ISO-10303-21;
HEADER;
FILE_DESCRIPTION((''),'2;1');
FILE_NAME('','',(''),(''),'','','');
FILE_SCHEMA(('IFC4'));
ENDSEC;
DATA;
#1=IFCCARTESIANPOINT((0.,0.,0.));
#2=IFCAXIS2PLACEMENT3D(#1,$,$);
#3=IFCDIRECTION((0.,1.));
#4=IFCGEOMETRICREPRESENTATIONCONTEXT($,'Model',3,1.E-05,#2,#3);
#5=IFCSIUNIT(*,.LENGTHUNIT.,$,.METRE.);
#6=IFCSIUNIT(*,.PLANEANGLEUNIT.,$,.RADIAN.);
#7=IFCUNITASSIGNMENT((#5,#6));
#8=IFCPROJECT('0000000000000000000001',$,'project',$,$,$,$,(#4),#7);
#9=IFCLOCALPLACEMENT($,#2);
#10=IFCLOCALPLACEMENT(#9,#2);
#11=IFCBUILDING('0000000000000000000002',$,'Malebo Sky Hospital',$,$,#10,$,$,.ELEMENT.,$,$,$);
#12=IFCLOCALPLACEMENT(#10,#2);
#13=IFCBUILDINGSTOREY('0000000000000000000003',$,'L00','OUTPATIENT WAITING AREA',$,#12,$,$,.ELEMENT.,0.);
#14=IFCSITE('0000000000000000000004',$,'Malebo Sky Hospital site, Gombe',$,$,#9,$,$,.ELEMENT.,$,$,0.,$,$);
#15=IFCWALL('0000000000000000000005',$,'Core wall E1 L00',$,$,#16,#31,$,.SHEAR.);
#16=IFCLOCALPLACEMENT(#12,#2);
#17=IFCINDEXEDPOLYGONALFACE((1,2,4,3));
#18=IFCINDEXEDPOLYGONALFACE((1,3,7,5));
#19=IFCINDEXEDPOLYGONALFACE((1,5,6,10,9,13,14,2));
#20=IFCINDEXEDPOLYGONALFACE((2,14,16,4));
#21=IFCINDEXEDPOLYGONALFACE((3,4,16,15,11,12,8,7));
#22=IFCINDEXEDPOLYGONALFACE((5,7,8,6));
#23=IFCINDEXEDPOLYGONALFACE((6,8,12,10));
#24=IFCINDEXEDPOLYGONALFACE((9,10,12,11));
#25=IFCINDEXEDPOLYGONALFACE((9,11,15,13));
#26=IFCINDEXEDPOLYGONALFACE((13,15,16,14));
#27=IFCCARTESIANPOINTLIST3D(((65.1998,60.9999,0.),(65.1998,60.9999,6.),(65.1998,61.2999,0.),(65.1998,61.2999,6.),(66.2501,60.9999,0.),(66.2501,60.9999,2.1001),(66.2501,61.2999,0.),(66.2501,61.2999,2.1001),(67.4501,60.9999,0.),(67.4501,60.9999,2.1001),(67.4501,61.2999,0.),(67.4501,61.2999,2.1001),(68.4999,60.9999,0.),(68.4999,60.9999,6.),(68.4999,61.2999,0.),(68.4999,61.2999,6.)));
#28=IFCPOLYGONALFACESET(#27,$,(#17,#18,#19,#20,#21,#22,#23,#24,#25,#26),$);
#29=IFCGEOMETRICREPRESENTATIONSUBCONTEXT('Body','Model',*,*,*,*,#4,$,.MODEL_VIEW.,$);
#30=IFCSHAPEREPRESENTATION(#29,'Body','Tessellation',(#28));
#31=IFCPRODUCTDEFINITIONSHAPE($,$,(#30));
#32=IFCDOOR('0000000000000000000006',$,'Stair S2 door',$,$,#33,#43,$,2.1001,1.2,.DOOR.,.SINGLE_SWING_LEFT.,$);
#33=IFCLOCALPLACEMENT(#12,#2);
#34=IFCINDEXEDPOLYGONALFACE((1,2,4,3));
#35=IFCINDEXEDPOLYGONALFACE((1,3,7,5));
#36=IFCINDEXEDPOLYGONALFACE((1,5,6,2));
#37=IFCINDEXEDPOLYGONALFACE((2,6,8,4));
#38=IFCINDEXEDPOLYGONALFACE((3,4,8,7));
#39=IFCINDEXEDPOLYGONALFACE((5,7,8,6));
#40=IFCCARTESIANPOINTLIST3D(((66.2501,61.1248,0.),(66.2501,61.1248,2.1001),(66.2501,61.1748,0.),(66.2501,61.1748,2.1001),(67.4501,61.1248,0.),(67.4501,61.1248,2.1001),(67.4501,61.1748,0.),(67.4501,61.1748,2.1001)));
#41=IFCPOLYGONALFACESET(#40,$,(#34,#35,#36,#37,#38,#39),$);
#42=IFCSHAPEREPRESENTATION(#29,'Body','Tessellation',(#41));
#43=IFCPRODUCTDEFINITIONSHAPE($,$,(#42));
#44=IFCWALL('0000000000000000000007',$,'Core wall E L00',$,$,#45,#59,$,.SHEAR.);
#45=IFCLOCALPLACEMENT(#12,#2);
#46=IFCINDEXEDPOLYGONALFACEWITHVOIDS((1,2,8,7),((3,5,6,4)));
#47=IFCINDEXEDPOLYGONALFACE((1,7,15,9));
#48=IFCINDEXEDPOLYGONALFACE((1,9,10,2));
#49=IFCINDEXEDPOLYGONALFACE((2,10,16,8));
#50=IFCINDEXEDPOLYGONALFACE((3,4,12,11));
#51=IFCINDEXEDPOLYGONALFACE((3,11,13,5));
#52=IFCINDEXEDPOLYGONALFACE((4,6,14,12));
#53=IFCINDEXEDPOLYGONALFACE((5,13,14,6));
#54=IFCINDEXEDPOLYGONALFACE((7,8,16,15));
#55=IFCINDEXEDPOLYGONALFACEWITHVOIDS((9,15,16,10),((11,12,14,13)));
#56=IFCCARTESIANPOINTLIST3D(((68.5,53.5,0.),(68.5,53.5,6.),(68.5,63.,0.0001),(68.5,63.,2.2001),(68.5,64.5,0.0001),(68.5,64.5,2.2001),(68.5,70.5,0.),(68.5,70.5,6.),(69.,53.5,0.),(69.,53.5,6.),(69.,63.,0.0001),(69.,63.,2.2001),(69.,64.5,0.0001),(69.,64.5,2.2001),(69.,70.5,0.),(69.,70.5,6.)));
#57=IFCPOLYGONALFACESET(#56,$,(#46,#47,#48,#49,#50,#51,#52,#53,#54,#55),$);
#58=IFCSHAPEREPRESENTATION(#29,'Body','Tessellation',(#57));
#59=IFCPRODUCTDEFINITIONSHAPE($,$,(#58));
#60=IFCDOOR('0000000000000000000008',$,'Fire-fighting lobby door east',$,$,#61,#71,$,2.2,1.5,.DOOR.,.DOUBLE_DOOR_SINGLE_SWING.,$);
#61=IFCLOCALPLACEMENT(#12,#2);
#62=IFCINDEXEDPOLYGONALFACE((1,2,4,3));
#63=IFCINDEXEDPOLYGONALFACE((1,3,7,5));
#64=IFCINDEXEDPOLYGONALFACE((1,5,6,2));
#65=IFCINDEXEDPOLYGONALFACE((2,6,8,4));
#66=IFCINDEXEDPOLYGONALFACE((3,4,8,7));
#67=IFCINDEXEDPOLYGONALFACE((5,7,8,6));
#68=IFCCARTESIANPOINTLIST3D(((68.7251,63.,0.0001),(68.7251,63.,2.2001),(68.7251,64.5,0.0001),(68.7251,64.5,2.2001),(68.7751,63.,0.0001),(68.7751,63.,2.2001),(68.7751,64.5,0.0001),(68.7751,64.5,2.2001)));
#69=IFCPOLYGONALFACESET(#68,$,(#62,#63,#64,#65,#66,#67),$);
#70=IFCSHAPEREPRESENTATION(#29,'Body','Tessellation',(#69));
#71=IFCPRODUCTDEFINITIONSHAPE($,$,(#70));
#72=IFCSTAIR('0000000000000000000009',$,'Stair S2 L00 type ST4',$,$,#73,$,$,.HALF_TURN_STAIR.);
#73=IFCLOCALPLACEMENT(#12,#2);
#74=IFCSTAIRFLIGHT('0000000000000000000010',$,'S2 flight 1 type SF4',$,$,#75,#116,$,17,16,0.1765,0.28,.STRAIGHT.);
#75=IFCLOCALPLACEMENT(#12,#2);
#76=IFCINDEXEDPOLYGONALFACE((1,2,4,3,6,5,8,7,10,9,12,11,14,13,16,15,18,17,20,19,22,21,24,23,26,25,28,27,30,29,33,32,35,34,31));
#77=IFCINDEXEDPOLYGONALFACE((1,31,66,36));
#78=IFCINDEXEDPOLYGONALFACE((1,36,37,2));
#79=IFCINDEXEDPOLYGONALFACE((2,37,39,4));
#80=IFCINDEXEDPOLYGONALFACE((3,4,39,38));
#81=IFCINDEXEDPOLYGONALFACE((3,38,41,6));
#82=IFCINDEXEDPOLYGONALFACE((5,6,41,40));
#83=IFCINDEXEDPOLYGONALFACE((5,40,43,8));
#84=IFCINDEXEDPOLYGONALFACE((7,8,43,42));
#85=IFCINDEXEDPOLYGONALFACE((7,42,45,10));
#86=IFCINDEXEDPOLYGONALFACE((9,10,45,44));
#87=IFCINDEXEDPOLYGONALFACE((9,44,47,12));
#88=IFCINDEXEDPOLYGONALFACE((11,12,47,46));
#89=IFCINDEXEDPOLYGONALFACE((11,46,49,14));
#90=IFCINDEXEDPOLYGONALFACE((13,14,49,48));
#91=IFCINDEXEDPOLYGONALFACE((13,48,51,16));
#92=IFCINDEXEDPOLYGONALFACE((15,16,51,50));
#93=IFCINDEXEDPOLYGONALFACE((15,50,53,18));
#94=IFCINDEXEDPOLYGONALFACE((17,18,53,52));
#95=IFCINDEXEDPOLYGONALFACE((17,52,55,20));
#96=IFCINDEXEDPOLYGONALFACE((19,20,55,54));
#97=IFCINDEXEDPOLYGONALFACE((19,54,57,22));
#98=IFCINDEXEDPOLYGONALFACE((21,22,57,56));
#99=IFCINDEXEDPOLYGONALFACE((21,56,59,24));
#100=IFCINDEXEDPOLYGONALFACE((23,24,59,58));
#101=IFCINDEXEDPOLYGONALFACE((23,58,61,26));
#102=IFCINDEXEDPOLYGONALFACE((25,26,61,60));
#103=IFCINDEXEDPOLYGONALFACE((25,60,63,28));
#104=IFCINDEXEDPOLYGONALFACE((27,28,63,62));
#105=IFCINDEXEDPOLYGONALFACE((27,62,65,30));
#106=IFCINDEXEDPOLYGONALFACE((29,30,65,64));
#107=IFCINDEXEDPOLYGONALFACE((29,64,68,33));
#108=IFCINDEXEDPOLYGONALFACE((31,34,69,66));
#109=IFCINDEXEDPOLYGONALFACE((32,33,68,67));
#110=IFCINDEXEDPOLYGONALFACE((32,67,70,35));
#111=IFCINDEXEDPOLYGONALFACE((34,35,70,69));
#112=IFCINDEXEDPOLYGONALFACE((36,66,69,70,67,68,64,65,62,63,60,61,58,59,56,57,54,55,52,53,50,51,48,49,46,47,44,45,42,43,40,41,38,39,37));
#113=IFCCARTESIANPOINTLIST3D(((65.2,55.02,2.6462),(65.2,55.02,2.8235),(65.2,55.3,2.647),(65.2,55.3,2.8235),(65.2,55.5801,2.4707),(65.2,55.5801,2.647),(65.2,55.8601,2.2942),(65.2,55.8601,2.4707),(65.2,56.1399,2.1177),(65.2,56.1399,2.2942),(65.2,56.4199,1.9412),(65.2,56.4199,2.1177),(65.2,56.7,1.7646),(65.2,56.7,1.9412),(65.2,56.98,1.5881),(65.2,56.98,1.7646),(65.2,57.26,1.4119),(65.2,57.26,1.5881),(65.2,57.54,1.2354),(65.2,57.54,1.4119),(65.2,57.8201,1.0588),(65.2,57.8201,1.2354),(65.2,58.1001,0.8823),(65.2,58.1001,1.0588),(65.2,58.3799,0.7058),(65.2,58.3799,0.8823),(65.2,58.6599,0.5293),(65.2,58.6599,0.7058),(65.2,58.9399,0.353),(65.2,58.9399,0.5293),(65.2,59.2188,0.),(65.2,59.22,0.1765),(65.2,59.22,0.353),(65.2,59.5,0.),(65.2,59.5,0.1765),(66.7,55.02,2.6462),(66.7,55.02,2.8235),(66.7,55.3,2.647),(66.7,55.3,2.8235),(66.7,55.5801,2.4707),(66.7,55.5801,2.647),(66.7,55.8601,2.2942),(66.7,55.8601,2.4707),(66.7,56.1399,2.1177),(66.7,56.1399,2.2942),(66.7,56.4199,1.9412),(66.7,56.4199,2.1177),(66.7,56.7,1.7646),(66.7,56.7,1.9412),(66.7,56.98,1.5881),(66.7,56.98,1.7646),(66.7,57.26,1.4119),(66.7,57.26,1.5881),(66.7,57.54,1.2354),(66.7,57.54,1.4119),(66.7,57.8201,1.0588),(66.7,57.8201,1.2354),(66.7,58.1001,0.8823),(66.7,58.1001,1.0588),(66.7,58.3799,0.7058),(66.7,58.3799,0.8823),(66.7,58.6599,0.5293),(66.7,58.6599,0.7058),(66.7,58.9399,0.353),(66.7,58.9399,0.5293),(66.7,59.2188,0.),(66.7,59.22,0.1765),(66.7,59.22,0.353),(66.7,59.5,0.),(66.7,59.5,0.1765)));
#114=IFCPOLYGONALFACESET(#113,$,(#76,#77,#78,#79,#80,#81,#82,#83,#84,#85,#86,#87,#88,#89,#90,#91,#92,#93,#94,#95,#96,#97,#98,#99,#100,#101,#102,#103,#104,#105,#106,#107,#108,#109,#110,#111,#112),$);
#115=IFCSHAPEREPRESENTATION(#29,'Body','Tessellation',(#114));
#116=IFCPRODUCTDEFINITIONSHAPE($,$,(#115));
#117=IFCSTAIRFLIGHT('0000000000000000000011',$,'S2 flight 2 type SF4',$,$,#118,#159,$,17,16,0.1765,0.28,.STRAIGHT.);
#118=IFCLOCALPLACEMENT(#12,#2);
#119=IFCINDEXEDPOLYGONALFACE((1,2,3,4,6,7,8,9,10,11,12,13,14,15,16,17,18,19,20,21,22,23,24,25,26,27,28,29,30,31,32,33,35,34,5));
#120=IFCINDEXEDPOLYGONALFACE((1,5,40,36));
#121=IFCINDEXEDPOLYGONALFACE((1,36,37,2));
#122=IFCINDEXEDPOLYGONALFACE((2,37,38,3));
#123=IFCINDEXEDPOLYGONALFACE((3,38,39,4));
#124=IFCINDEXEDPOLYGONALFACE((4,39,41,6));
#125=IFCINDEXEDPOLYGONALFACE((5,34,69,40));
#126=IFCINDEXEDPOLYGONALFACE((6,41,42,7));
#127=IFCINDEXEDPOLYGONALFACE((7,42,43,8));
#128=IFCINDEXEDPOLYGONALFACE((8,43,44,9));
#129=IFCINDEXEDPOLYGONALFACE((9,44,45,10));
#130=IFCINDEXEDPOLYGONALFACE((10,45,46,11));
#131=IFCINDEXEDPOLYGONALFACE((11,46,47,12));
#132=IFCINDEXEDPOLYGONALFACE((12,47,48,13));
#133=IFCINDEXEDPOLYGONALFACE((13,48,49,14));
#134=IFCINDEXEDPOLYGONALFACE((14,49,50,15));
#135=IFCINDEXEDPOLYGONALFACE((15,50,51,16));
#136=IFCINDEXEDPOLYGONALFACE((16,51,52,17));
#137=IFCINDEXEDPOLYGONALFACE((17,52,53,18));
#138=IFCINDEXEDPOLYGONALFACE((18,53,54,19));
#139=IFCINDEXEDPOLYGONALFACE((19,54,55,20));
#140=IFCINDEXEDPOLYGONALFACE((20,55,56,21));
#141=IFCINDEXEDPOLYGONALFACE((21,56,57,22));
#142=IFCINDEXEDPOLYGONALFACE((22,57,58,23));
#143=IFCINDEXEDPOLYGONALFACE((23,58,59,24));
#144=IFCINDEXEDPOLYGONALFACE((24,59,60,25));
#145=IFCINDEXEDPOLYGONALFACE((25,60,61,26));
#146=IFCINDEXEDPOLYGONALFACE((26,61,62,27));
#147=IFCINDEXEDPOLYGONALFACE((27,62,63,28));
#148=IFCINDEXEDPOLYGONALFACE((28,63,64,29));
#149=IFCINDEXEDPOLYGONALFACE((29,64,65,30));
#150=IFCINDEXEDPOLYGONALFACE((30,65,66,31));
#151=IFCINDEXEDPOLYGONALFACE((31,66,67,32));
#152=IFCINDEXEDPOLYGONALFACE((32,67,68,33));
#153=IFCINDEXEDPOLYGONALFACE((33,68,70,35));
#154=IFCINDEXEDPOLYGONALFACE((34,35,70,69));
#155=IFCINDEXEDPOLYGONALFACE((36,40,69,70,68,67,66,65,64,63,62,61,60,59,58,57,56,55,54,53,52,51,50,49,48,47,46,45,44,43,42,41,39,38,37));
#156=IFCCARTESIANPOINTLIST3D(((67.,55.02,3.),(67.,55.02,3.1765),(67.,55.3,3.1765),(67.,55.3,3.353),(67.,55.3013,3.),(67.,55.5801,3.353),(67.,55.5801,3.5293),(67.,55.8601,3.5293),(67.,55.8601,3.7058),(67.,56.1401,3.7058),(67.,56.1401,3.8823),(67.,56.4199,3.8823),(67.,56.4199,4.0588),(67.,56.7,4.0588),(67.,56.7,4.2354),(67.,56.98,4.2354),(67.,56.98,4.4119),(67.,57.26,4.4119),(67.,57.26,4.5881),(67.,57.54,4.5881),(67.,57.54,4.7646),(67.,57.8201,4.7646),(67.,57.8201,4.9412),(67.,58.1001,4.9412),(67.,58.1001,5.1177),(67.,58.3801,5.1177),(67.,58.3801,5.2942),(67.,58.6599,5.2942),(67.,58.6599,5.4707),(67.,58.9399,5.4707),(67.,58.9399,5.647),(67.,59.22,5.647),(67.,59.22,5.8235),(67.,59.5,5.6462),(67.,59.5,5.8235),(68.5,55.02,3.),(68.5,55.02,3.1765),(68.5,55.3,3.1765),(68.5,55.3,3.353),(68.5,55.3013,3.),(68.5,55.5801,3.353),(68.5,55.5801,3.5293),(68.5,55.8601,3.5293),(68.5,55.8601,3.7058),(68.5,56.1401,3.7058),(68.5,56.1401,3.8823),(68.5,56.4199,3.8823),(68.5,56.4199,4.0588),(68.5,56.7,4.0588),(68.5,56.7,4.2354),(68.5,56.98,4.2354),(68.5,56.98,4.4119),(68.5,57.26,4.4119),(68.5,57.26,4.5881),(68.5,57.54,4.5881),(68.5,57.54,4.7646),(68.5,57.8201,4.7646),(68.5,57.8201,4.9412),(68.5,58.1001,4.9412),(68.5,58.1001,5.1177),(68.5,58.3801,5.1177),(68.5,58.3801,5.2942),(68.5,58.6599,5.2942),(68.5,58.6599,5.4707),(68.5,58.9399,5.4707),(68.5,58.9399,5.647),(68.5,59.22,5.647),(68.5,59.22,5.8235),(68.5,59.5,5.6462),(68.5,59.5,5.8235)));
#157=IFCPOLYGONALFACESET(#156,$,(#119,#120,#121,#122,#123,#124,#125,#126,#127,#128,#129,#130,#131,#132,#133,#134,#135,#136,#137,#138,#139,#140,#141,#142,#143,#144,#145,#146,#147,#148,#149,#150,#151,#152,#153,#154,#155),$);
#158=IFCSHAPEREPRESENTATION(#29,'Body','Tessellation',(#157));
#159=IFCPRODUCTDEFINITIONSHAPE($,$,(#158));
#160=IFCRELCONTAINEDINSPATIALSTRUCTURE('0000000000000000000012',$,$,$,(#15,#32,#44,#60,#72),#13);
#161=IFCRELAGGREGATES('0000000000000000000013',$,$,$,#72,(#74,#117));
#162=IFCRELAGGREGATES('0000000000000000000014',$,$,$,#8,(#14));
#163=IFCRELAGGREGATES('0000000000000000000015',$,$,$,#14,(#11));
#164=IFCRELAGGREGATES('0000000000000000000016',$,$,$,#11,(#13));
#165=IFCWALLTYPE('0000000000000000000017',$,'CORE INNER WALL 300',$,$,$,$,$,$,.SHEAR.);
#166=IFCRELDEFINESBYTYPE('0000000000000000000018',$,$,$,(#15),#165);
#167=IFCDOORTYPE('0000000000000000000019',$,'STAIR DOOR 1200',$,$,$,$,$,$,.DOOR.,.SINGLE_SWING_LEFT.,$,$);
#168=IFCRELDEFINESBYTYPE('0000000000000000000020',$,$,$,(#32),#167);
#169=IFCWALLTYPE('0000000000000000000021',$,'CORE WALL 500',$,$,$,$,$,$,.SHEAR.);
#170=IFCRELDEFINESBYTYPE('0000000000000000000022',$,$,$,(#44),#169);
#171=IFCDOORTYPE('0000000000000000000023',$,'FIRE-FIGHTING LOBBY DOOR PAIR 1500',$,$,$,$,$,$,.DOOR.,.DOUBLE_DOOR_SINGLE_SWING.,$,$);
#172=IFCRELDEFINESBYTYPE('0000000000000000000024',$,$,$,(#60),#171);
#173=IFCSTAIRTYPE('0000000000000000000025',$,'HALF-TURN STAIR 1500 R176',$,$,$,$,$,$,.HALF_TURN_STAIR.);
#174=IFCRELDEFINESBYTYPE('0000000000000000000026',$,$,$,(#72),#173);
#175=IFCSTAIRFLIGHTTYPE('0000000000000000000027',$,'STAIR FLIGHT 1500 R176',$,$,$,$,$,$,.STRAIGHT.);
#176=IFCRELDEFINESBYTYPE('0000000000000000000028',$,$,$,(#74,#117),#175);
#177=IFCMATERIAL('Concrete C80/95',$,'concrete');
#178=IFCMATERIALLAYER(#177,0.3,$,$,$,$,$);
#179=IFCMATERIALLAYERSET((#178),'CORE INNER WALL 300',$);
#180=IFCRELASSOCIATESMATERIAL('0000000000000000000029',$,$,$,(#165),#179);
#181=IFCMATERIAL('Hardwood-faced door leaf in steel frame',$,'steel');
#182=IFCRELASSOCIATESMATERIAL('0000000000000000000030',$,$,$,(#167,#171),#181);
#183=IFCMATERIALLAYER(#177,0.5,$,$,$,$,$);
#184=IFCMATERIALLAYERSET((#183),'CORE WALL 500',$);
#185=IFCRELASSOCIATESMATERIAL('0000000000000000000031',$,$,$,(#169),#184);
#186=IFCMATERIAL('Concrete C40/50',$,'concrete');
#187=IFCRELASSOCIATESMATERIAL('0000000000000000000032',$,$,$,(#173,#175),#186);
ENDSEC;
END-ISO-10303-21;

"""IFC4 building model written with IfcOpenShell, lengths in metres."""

from ifc_helpers import new_model, si_unit, direction, frame, frame_2d, origin, place, context, subcontext, project, spatial, polyline, rectangle, outline, extrude, material, layer, layer_set, type_object, element, fill, aggregate, save


model = new_model("IFC4")

# Units and contexts
model_context = context("Model", 3, precision=1e-05, world=origin(), true_north=direction((0.0, 1.0)))
body_context = subcontext(model_context, "Body", "Model", "MODEL_VIEW")
ifc_project = project(units=[si_unit("LENGTHUNIT", "METRE"), si_unit("PLANEANGLEUNIT", "RADIAN")], contexts=[model_context])

# Site, building, storey
site_placement = place(None, origin())
site = spatial("IfcSite", under=ifc_project, at=site_placement, Name="Malebo Sky Hospital site, Gombe", CompositionType="ELEMENT", RefElevation=0.0)
building_placement = place(site_placement, origin())
building = spatial("IfcBuilding", under=site, at=building_placement, Name="Malebo Sky Hospital", CompositionType="ELEMENT")
storey_placement = place(building_placement, origin())
storey = spatial("IfcBuildingStorey", under=building, at=storey_placement, Name="L00", Description="OUTPATIENT WAITING AREA", CompositionType="ELEMENT", Elevation=0.0)

# Shared definitions
ifc_material_1 = material(Name="Concrete C80/95", Category="concrete")

# Walls, openings, doors
ifc_layer_1 = layer(ifc_material_1, 0.3)
ifc_layer_set_1 = layer_set([ifc_layer_1], Name="CORE INNER WALL 300")
wall_type_1 = type_object("IfcWallType", Name="CORE INNER WALL 300", PredefinedType="SHEAR", material=ifc_layer_set_1)
wall_1_placement = place(storey_placement, frame((65.2, 61.1499, 0.0), z_axis=(0.0, 0.0, 1.0), x_axis=(1.0, 0.0, 0.0)))
wall_1 = element("IfcWall", 1, at=wall_1_placement, inside=storey, type_object=wall_type_1, Name="Core wall E1 L00", PredefinedType="SHEAR", context=body_context, shape_type="SweptSolid", body=[
    extrude(rectangle(XDim=3.3, YDim=0.3, at=frame_2d((1.6499, 0.0))), origin(), (0.0, 0.0, 1.0), 6.0),
])
opening_1_placement = place(wall_1_placement, frame((1.05, 0.0, 0.0)))
opening_1 = element("IfcOpeningElement", 2, at=opening_1_placement, cuts=wall_1, PredefinedType="OPENING", context=body_context, shape_type="SweptSolid", body=[
    extrude(rectangle(XDim=1.2, YDim=2.1001, at=frame_2d((0.6001, 1.05))), frame((0.0, 0.1599, 0.0), z_axis=(0.0, -1.0, 0.0), x_axis=(1.0, 0.0, 0.0)), (0.0, 0.0, 1.0), 0.3201),
])
ifc_material_2 = material(Name="Hardwood-faced door leaf in steel frame", Category="steel")
door_type_1 = type_object("IfcDoorType", Name="STAIR DOOR 1200", OperationType="SINGLE_SWING_LEFT", PredefinedType="DOOR", material=ifc_material_2)
door_1_placement = place(opening_1_placement, origin())
door_1 = element("IfcDoor", 3, at=door_1_placement, inside=storey, type_object=door_type_1, Name="Stair S2 door", OperationType="SINGLE_SWING_LEFT", OverallHeight=2.1001, OverallWidth=1.2, PredefinedType="DOOR", context=body_context, shape_type="SweptSolid", body=[
    extrude(rectangle(XDim=1.2, YDim=2.1001, at=frame_2d((0.6001, 1.05))), frame((0.0, 0.0249, 0.0), z_axis=(0.0, -1.0, 0.0), x_axis=(1.0, 0.0, 0.0)), (0.0, 0.0, 1.0), 0.05),
])
fill(opening_1, door_1)
ifc_layer_2 = layer(ifc_material_1, 0.5)
ifc_layer_set_2 = layer_set([ifc_layer_2], Name="CORE WALL 500")
wall_type_2 = type_object("IfcWallType", Name="CORE WALL 500", PredefinedType="SHEAR", material=ifc_layer_set_2)
wall_2_placement = place(storey_placement, frame((68.75, 53.5, 0.0), z_axis=(0.0, 0.0, 1.0), x_axis=(0.0, 1.0, 0.0)))
wall_2 = element("IfcWall", 4, at=wall_2_placement, inside=storey, type_object=wall_type_2, Name="Core wall E L00", PredefinedType="SHEAR", context=body_context, shape_type="SweptSolid", body=[
    extrude(rectangle(XDim=17.0, YDim=0.5, at=frame_2d((8.5, 0.0))), origin(), (0.0, 0.0, 1.0), 6.0),
])
opening_2_placement = place(wall_2_placement, frame((9.5, 0.0, 0.0)))
opening_2 = element("IfcOpeningElement", 5, at=opening_2_placement, cuts=wall_2, PredefinedType="OPENING", context=body_context, shape_type="SweptSolid", body=[
    extrude(rectangle(XDim=1.5, YDim=2.2, at=frame_2d((0.75, 1.1001))), frame((0.0, 0.26, 0.0), z_axis=(0.0, -1.0, 0.0), x_axis=(1.0, 0.0, 0.0)), (0.0, 0.0, 1.0), 0.52),
])
door_type_2 = type_object("IfcDoorType", Name="FIRE-FIGHTING LOBBY DOOR PAIR 1500", OperationType="DOUBLE_DOOR_SINGLE_SWING", PredefinedType="DOOR", material=ifc_material_2)
door_2_placement = place(opening_2_placement, origin())
door_2 = element("IfcDoor", 6, at=door_2_placement, inside=storey, type_object=door_type_2, Name="Fire-fighting lobby door east", OperationType="DOUBLE_DOOR_SINGLE_SWING", OverallHeight=2.2, OverallWidth=1.5, PredefinedType="DOOR", context=body_context, shape_type="SweptSolid", body=[
    extrude(rectangle(XDim=1.5, YDim=2.2, at=frame_2d((0.75, 1.1001))), frame((0.0, 0.0249, 0.0), z_axis=(0.0, -1.0, 0.0), x_axis=(1.0, 0.0, 0.0)), (0.0, 0.0, 1.0), 0.05),
])
fill(opening_2, door_2)

# Stair, stair flights
ifc_material_3 = material(Name="Concrete C40/50", Category="concrete")
stair_type = type_object("IfcStairType", Name="HALF-TURN STAIR 1500 R176", PredefinedType="HALF_TURN_STAIR", material=ifc_material_3)
stair_placement = place(storey_placement, origin())
stair = element("IfcStair", 7, at=stair_placement, inside=storey, type_object=stair_type, Name="Stair S2 L00 type ST4", PredefinedType="HALF_TURN_STAIR")
stair_flight_type = type_object("IfcStairFlightType", Name="STAIR FLIGHT 1500 R176", PredefinedType="STRAIGHT", material=ifc_material_3)
stair_flight_1_placement = place(storey_placement, frame((65.95, 59.5, 0.0), z_axis=(0.0, 0.0, 1.0), x_axis=(0.0, -1.0, 0.0)))
stair_flight_1 = element("IfcStairFlight", 8, at=stair_flight_1_placement, type_object=stair_flight_type, Name="S2 flight 1 type SF4", NumberOfRisers=17, NumberOfTreads=16, PredefinedType="STRAIGHT", RiserHeight=0.1765, TreadLength=0.28, context=body_context, shape_type="SweptSolid", body=[
    extrude(outline(polyline([(0.0, 0.0), (0.0, 0.1765), (0.28, 0.1765), (0.28, 0.353), (0.5601, 0.353), (0.5601, 0.5293), (0.8401, 0.5293), (0.8401, 0.7058), (1.1201, 0.7058), (1.1201, 0.8823), (1.3999, 0.8823), (1.3999, 1.0588), (1.6799, 1.0588), (1.6799, 1.2354), (1.96, 1.2354), (1.96, 1.4119), (2.24, 1.4119), (2.24, 1.5881), (2.52, 1.5881), (2.52, 1.7646), (2.8, 1.7646), (2.8, 1.9412), (3.0801, 1.9412), (3.0801, 2.1177), (3.3601, 2.1177), (3.3601, 2.2942), (3.6399, 2.2942), (3.6399, 2.4707), (3.9199, 2.4707), (3.9199, 2.647), (4.2, 2.647), (4.2, 2.8235), (4.48, 2.8235), (4.48, 3.0), (4.48, 2.6462), (0.2812, 0.0), (0.0, 0.0)])), frame((0.0, 0.75, 0.0), z_axis=(0.0, -1.0, 0.0), x_axis=(1.0, 0.0, 0.0)), (0.0, 0.0, 1.0), 1.5),
])
stair_flight_2_placement = place(storey_placement, frame((67.75, 55.02, 3.0), z_axis=(0.0, 0.0, 1.0), x_axis=(0.0, 1.0, 0.0)))
stair_flight_2 = element("IfcStairFlight", 9, at=stair_flight_2_placement, type_object=stair_flight_type, Name="S2 flight 2 type SF4", NumberOfRisers=17, NumberOfTreads=16, PredefinedType="STRAIGHT", RiserHeight=0.1765, TreadLength=0.28, context=body_context, shape_type="SweptSolid", body=[
    extrude(outline(polyline([(0.0, 0.0), (0.0, 0.1765), (0.28, 0.1765), (0.28, 0.353), (0.5601, 0.353), (0.5601, 0.5293), (0.8401, 0.5293), (0.8401, 0.7058), (1.1201, 0.7058), (1.1201, 0.8823), (1.3999, 0.8823), (1.3999, 1.0588), (1.6799, 1.0588), (1.6799, 1.2354), (1.96, 1.2354), (1.96, 1.4119), (2.24, 1.4119), (2.24, 1.5881), (2.52, 1.5881), (2.52, 1.7646), (2.8, 1.7646), (2.8, 1.9412), (3.0801, 1.9412), (3.0801, 2.1177), (3.3601, 2.1177), (3.3601, 2.2942), (3.6399, 2.2942), (3.6399, 2.4707), (3.9199, 2.4707), (3.9199, 2.647), (4.2, 2.647), (4.2, 2.8235), (4.48, 2.8235), (4.48, 3.0), (4.48, 2.6462), (0.2812, 0.0), (0.0, 0.0)])), frame((0.0, 0.75, 0.0), z_axis=(0.0, -1.0, 0.0), x_axis=(1.0, 0.0, 0.0)), (0.0, 0.0, 1.0), 1.5),
])
aggregate(stair, [stair_flight_1, stair_flight_2])

save(model, "model.ifc")
